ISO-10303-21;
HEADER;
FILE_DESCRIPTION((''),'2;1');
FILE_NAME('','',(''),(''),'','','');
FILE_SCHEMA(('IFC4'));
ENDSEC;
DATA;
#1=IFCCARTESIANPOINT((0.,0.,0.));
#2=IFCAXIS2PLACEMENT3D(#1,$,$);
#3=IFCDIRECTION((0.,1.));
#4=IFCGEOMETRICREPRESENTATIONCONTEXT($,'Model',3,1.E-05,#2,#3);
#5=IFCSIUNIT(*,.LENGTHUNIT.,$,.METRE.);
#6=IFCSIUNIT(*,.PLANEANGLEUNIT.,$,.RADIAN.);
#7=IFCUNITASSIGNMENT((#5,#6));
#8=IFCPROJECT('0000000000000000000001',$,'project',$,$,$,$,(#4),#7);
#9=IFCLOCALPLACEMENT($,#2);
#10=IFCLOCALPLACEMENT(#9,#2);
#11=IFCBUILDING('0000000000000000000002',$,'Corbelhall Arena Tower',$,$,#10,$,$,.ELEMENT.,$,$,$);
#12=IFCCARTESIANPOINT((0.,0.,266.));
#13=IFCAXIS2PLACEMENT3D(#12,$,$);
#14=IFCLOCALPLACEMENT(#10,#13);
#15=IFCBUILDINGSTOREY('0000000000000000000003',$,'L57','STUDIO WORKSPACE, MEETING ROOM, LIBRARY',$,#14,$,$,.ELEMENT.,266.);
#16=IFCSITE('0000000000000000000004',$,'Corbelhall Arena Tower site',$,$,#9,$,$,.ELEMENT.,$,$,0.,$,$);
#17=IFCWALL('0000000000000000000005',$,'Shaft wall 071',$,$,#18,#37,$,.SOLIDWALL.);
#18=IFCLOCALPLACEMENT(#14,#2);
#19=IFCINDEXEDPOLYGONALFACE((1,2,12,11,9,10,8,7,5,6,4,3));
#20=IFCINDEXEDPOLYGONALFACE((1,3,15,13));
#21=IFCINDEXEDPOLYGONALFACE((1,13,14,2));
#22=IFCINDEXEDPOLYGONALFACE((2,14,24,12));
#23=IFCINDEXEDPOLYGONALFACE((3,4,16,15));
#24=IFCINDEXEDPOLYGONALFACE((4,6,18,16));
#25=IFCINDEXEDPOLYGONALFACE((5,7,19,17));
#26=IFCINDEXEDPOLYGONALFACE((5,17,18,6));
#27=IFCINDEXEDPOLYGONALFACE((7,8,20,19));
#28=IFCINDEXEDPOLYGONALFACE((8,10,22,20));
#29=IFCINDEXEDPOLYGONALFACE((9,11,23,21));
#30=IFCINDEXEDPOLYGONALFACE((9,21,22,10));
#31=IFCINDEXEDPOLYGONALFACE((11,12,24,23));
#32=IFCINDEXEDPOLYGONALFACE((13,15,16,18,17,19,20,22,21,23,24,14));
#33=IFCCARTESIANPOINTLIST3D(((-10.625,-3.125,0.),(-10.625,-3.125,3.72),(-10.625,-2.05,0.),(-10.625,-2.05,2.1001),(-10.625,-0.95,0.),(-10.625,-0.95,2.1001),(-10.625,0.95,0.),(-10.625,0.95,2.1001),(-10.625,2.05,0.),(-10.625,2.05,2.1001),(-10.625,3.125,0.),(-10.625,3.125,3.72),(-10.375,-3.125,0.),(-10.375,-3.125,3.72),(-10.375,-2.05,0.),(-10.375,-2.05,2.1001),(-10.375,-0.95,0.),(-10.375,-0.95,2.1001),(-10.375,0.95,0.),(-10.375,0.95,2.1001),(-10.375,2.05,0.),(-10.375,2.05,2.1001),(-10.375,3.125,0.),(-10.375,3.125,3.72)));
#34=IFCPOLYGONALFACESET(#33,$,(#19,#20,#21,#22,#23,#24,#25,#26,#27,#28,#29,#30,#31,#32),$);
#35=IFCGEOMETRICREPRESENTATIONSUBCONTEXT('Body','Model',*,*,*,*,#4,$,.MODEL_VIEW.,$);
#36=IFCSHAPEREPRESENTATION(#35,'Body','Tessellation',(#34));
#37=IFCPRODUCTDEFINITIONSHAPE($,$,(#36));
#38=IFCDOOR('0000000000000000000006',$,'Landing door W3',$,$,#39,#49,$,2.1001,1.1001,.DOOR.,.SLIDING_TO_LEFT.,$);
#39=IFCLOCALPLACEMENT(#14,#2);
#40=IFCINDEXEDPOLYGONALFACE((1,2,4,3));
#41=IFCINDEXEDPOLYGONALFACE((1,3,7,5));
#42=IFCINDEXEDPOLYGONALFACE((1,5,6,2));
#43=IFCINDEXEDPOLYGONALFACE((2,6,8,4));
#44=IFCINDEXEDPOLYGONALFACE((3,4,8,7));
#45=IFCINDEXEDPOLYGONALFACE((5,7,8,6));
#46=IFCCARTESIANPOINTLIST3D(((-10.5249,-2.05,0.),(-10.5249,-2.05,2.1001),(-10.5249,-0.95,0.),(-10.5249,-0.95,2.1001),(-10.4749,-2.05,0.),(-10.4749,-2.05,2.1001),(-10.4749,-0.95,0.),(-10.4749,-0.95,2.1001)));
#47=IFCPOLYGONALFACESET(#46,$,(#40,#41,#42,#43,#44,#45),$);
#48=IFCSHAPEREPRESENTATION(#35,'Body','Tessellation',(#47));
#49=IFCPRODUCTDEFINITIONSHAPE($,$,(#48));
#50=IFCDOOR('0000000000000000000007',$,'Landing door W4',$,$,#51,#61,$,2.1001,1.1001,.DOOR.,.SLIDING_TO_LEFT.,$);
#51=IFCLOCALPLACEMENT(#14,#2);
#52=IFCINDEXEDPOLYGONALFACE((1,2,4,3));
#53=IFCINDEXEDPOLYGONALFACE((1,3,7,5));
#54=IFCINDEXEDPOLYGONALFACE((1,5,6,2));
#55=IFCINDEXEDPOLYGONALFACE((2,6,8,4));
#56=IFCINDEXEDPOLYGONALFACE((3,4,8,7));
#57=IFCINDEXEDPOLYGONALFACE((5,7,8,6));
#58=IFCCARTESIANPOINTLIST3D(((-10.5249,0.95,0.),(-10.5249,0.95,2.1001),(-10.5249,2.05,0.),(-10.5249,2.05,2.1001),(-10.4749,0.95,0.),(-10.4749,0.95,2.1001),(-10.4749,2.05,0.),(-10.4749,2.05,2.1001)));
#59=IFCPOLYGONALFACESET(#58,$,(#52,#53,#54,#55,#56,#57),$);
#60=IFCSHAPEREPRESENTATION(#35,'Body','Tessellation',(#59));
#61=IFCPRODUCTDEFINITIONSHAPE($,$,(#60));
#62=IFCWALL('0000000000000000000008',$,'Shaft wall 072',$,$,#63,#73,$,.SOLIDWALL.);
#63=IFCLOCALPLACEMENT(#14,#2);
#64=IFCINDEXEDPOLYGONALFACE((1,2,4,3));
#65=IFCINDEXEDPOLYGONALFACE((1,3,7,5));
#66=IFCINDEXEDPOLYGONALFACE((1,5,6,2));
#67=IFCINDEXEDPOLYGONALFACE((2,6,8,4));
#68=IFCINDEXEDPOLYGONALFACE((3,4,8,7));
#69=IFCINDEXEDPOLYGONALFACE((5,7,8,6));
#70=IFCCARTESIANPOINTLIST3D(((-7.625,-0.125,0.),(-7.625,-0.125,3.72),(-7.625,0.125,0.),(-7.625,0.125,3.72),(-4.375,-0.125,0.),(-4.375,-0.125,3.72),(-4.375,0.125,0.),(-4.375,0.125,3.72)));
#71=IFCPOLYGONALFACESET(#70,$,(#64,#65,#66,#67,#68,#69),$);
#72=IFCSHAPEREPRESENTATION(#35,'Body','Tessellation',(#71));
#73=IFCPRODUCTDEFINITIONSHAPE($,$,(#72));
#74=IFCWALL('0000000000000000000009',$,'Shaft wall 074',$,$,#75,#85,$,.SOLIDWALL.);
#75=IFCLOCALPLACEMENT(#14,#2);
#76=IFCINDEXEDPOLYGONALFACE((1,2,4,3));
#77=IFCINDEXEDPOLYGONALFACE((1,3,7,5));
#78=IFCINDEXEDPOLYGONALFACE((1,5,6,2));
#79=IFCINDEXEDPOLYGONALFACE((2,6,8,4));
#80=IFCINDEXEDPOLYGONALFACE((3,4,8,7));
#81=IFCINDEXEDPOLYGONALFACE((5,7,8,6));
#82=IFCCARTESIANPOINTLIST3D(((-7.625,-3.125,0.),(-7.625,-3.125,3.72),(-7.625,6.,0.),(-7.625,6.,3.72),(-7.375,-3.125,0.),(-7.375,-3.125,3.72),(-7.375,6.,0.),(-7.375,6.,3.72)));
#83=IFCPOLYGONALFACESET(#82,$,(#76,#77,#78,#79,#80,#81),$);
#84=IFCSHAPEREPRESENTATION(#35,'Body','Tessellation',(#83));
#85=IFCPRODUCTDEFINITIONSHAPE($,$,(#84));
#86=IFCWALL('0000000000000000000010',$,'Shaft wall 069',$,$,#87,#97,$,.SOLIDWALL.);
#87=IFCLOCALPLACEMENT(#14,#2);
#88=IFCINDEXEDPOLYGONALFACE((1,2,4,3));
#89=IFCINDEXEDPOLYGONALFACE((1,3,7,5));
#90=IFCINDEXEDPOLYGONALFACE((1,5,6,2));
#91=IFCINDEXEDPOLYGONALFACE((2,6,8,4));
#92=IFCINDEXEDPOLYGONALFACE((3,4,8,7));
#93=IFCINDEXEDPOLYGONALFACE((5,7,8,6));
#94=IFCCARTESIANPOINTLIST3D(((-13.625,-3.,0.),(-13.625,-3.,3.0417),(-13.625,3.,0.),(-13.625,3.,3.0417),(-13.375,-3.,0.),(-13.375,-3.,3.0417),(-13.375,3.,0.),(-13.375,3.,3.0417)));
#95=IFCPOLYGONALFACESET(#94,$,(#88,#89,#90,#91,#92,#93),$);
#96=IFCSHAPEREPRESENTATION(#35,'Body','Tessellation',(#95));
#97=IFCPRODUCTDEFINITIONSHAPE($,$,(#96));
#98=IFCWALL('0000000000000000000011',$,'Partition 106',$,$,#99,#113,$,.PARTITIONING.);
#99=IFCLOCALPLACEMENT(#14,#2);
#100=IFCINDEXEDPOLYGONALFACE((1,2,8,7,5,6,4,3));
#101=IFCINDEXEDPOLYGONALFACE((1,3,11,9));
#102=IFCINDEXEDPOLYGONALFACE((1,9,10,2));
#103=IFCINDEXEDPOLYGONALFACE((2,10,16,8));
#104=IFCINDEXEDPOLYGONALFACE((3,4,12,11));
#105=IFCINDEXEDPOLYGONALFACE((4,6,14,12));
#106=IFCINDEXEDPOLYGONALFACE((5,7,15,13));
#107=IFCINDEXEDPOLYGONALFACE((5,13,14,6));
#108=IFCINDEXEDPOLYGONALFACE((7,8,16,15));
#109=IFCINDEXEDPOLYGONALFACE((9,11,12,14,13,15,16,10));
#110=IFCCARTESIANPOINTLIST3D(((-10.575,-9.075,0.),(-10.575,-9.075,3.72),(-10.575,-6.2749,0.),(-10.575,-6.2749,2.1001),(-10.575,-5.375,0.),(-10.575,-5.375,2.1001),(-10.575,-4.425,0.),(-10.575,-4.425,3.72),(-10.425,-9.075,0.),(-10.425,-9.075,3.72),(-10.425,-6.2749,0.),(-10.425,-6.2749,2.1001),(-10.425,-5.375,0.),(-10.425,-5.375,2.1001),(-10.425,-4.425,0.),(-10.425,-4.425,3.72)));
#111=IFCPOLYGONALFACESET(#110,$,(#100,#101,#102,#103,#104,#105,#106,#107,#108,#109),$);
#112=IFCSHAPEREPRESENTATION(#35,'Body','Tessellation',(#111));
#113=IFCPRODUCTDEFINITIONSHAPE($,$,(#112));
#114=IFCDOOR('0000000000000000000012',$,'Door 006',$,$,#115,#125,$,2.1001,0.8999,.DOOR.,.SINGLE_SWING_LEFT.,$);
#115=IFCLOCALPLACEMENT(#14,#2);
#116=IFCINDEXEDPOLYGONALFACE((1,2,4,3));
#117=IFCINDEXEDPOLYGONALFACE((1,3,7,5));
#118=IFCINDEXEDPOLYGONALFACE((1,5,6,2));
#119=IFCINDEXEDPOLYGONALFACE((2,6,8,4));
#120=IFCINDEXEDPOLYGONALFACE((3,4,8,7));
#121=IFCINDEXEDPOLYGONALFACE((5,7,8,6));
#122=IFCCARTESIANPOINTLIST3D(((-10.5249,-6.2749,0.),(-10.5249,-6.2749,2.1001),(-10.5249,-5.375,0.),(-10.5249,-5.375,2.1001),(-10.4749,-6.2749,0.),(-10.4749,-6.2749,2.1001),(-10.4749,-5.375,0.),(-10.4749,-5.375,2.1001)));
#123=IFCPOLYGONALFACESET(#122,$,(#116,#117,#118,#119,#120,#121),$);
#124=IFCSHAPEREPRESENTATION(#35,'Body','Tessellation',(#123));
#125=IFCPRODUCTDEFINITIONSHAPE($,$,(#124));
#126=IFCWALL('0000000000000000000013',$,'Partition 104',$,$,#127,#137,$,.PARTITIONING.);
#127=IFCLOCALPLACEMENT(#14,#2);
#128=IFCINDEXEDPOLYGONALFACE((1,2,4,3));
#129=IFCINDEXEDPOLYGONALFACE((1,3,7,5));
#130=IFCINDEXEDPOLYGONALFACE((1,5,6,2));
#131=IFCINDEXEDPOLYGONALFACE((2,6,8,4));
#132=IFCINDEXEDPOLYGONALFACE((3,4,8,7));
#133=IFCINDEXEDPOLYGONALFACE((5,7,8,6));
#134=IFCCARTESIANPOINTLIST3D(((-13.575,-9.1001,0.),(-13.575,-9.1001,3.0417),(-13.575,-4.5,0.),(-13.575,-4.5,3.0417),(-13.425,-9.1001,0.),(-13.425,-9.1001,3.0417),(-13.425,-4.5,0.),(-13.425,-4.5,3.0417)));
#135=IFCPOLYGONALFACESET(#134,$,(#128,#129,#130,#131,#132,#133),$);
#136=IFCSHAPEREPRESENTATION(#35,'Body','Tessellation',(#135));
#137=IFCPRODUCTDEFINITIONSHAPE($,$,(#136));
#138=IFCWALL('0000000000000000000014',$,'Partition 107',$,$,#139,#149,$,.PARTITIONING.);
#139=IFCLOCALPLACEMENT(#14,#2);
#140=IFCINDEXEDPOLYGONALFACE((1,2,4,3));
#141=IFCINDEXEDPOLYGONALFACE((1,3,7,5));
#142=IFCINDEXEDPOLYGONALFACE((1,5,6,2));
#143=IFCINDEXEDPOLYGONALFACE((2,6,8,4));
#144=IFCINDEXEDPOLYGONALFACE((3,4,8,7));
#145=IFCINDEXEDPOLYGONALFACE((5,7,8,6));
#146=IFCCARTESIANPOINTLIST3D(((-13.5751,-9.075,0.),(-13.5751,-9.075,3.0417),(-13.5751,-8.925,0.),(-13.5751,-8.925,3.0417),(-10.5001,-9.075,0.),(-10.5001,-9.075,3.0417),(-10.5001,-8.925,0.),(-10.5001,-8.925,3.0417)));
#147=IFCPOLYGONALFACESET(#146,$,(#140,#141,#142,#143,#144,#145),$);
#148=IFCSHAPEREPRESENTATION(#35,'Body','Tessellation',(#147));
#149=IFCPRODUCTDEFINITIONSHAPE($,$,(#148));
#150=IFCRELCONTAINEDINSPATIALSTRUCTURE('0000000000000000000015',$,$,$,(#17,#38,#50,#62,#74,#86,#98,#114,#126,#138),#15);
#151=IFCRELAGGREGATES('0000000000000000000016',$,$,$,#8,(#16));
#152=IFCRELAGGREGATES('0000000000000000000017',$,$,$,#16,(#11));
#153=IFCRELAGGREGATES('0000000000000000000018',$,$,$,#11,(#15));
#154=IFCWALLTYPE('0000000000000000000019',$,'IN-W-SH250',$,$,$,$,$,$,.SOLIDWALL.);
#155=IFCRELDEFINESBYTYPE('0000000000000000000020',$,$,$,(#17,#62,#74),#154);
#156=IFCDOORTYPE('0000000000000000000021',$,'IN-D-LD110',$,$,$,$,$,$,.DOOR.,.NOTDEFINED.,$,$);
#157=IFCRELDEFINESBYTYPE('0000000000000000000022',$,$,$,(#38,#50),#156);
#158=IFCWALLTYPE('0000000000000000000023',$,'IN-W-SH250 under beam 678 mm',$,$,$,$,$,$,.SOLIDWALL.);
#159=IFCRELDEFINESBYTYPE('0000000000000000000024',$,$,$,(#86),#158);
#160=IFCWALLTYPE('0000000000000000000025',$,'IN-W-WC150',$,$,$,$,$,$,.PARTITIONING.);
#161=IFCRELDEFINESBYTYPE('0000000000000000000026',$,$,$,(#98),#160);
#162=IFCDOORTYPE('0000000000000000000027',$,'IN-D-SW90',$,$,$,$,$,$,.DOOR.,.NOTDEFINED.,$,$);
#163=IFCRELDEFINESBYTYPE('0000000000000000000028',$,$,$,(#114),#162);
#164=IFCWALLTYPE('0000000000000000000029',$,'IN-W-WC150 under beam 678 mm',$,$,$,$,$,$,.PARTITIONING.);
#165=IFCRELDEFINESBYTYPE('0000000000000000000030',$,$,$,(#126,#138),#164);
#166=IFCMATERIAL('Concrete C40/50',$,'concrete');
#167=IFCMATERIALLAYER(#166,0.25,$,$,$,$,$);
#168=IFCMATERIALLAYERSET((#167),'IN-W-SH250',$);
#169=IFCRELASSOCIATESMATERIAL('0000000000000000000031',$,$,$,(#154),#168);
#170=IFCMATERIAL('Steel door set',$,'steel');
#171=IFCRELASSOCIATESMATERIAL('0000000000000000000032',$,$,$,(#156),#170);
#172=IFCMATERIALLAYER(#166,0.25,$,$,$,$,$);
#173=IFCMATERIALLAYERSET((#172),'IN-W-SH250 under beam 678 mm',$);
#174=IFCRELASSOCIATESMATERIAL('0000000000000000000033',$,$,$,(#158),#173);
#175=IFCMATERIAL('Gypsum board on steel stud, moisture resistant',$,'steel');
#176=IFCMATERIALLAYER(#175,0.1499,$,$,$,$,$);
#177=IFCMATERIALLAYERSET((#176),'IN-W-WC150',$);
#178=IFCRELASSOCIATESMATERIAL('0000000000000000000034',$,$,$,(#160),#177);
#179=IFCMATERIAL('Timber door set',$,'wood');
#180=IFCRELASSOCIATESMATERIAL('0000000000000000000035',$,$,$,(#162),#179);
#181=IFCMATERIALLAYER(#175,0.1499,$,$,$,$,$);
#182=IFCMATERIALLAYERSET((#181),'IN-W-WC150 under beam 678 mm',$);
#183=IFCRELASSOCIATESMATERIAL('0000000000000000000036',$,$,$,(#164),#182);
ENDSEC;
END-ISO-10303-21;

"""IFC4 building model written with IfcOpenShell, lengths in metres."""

from ifc_helpers import new_model, si_unit, direction, frame, frame_2d, origin, place, context, subcontext, project, spatial, rectangle, extrude, material, layer, layer_set, type_object, element, fill, save


model = new_model("IFC4")

# Units and contexts
model_context = context("Model", 3, precision=1e-05, world=origin(), true_north=direction((0.0, 1.0)))
body_context = subcontext(model_context, "Body", "Model", "MODEL_VIEW")
ifc_project = project(units=[si_unit("LENGTHUNIT", "METRE"), si_unit("PLANEANGLEUNIT", "RADIAN")], contexts=[model_context])

# Site, building, storey
site_placement = place(None, origin())
site = spatial("IfcSite", under=ifc_project, at=site_placement, Name="Corbelhall Arena Tower site", CompositionType="ELEMENT", RefElevation=0.0)
building_placement = place(site_placement, origin())
building = spatial("IfcBuilding", under=site, at=building_placement, Name="Corbelhall Arena Tower", CompositionType="ELEMENT")
storey_placement = place(building_placement, frame((0.0, 0.0, 266.0)))
storey = spatial("IfcBuildingStorey", under=building, at=storey_placement, Name="L57", Description="STUDIO WORKSPACE, MEETING ROOM, LIBRARY", CompositionType="ELEMENT", Elevation=266.0)

# Shared definitions
ifc_material_1 = material(Name="Steel door set", Category="steel")

# Wall, openings, doors
ifc_material_2 = material(Name="Concrete C40/50", Category="concrete")
ifc_layer_1 = layer(ifc_material_2, 0.25)
ifc_layer_set_1 = layer_set([ifc_layer_1], Name="IN-W-SH250")
wall_type_1 = type_object("IfcWallType", Name="IN-W-SH250", PredefinedType="SOLIDWALL", material=ifc_layer_set_1)
wall_1_placement = place(storey_placement, frame((-10.5, -3.125, 0.0), z_axis=(0.0, 0.0, 1.0), x_axis=(0.0, 1.0, 0.0)))
wall_1 = element("IfcWall", 1, at=wall_1_placement, inside=storey, type_object=wall_type_1, Name="Shaft wall 071", PredefinedType="SOLIDWALL", context=body_context, shape_type="SweptSolid", body=[
    extrude(rectangle(XDim=6.25, YDim=0.25, at=frame_2d((3.125, 0.0))), origin(), (0.0, 0.0, 1.0), 3.72),
])
opening_1_placement = place(wall_1_placement, frame((1.075, 0.0, 0.0)))
opening_1 = element("IfcOpeningElement", 2, at=opening_1_placement, cuts=wall_1, PredefinedType="OPENING", context=body_context, shape_type="SweptSolid", body=[
    extrude(rectangle(XDim=1.1001, YDim=2.1001, at=frame_2d((0.55, 1.05))), frame((0.0, 0.125, 0.0), z_axis=(0.0, -1.0, 0.0), x_axis=(1.0, 0.0, 0.0)), (0.0, 0.0, 1.0), 0.25),
])
opening_2_placement = place(wall_1_placement, frame((4.075, 0.0, 0.0)))
opening_2 = element("IfcOpeningElement", 3, at=opening_2_placement, cuts=wall_1, PredefinedType="OPENING", context=body_context, shape_type="SweptSolid", body=[
    extrude(rectangle(XDim=1.1001, YDim=2.1001, at=frame_2d((0.55, 1.05))), frame((0.0, 0.125, 0.0), z_axis=(0.0, -1.0, 0.0), x_axis=(1.0, 0.0, 0.0)), (0.0, 0.0, 1.0), 0.25),
])
door_type_1 = type_object("IfcDoorType", Name="IN-D-LD110", OperationType="NOTDEFINED", PredefinedType="DOOR", material=ifc_material_1)
door_1_placement = place(opening_1_placement, origin())
door_1 = element("IfcDoor", 4, at=door_1_placement, inside=storey, type_object=door_type_1, Name="Landing door W3", OperationType="SLIDING_TO_LEFT", OverallHeight=2.1001, OverallWidth=1.1001, PredefinedType="DOOR", context=body_context, shape_type="SweptSolid", body=[
    extrude(rectangle(XDim=1.1001, YDim=2.1001, at=frame_2d((0.55, 1.05))), frame((0.0, 0.0249, 0.0), z_axis=(0.0, -1.0, 0.0), x_axis=(1.0, 0.0, 0.0)), (0.0, 0.0, 1.0), 0.05),
])
fill(opening_1, door_1)
door_2_placement = place(opening_2_placement, origin())
door_2 = element("IfcDoor", 5, at=door_2_placement, inside=storey, type_object=door_type_1, Name="Landing door W4", OperationType="SLIDING_TO_LEFT", OverallHeight=2.1001, OverallWidth=1.1001, PredefinedType="DOOR", context=body_context, shape_type="SweptSolid", body=[
    extrude(rectangle(XDim=1.1001, YDim=2.1001, at=frame_2d((0.55, 1.05))), frame((0.0, 0.0249, 0.0), z_axis=(0.0, -1.0, 0.0), x_axis=(1.0, 0.0, 0.0)), (0.0, 0.0, 1.0), 0.05),
])
fill(opening_2, door_2)

# Walls
wall_2_placement = place(storey_placement, frame((-7.625, 0.0, 0.0), z_axis=(0.0, 0.0, 1.0), x_axis=(1.0, 0.0, 0.0)))
element("IfcWall", 6, at=wall_2_placement, inside=storey, type_object=wall_type_1, Name="Shaft wall 072", PredefinedType="SOLIDWALL", context=body_context, shape_type="SweptSolid", body=[
    extrude(rectangle(XDim=3.25, YDim=0.25, at=frame_2d((1.625, 0.0))), origin(), (0.0, 0.0, 1.0), 3.72),
])
wall_3_placement = place(storey_placement, frame((-7.5, -3.125, 0.0), z_axis=(0.0, 0.0, 1.0), x_axis=(0.0, 1.0, 0.0)))
element("IfcWall", 7, at=wall_3_placement, inside=storey, type_object=wall_type_1, Name="Shaft wall 074", PredefinedType="SOLIDWALL", context=body_context, shape_type="SweptSolid", body=[
    extrude(rectangle(XDim=9.125, YDim=0.25, at=frame_2d((4.5625, 0.0))), origin(), (0.0, 0.0, 1.0), 3.72),
])
ifc_layer_2 = layer(ifc_material_2, 0.25)
ifc_layer_set_2 = layer_set([ifc_layer_2], Name="IN-W-SH250 under beam 678 mm")
wall_type_2 = type_object("IfcWallType", Name="IN-W-SH250 under beam 678 mm", PredefinedType="SOLIDWALL", material=ifc_layer_set_2)
wall_4_placement = place(storey_placement, frame((-13.5, -3.0, 0.0), z_axis=(0.0, 0.0, 1.0), x_axis=(0.0, 1.0, 0.0)))
element("IfcWall", 8, at=wall_4_placement, inside=storey, type_object=wall_type_2, Name="Shaft wall 069", PredefinedType="SOLIDWALL", context=body_context, shape_type="SweptSolid", body=[
    extrude(rectangle(XDim=6.0, YDim=0.25, at=frame_2d((3.0, 0.0))), origin(), (0.0, 0.0, 1.0), 3.0417),
])

# Wall, opening, door
ifc_material_3 = material(Name="Gypsum board on steel stud, moisture resistant", Category="steel")
ifc_layer_3 = layer(ifc_material_3, 0.1499)
ifc_layer_set_3 = layer_set([ifc_layer_3], Name="IN-W-WC150")
wall_type_3 = type_object("IfcWallType", Name="IN-W-WC150", PredefinedType="PARTITIONING", material=ifc_layer_set_3)
wall_5_placement = place(storey_placement, frame((-10.5, -9.075, 0.0), z_axis=(0.0, 0.0, 1.0), x_axis=(0.0, 1.0, 0.0)))
wall_5 = element("IfcWall", 9, at=wall_5_placement, inside=storey, type_object=wall_type_3, Name="Partition 106", PredefinedType="PARTITIONING", context=body_context, shape_type="SweptSolid", body=[
    extrude(rectangle(XDim=4.6499, YDim=0.1499, at=frame_2d((2.325, 0.0))), origin(), (0.0, 0.0, 1.0), 3.72),
])
opening_3_placement = place(wall_5_placement, frame((2.8, 0.0, 0.0)))
opening_3 = element("IfcOpeningElement", 10, at=opening_3_placement, cuts=wall_5, PredefinedType="OPENING", context=body_context, shape_type="SweptSolid", body=[
    extrude(rectangle(XDim=0.8999, YDim=2.1001, at=frame_2d((0.45, 1.05))), frame((0.0, 0.075, 0.0), z_axis=(0.0, -1.0, 0.0), x_axis=(1.0, 0.0, 0.0)), (0.0, 0.0, 1.0), 0.1499),
])
ifc_material_4 = material(Name="Timber door set", Category="wood")
door_type_2 = type_object("IfcDoorType", Name="IN-D-SW90", OperationType="NOTDEFINED", PredefinedType="DOOR", material=ifc_material_4)
door_3_placement = place(opening_3_placement, origin())
door_3 = element("IfcDoor", 11, at=door_3_placement, inside=storey, type_object=door_type_2, Name="Door 006", OperationType="SINGLE_SWING_LEFT", OverallHeight=2.1001, OverallWidth=0.8999, PredefinedType="DOOR", context=body_context, shape_type="SweptSolid", body=[
    extrude(rectangle(XDim=0.8999, YDim=2.1001, at=frame_2d((0.45, 1.05))), frame((0.0, 0.0249, 0.0), z_axis=(0.0, -1.0, 0.0), x_axis=(1.0, 0.0, 0.0)), (0.0, 0.0, 1.0), 0.05),
])
fill(opening_3, door_3)

# Walls
ifc_layer_4 = layer(ifc_material_3, 0.1499)
ifc_layer_set_4 = layer_set([ifc_layer_4], Name="IN-W-WC150 under beam 678 mm")
wall_type_4 = type_object("IfcWallType", Name="IN-W-WC150 under beam 678 mm", PredefinedType="PARTITIONING", material=ifc_layer_set_4)
wall_6_placement = place(storey_placement, frame((-13.5, -9.1001, 0.0), z_axis=(0.0, 0.0, 1.0), x_axis=(0.0, 1.0, 0.0)))
element("IfcWall", 12, at=wall_6_placement, inside=storey, type_object=wall_type_4, Name="Partition 104", PredefinedType="PARTITIONING", context=body_context, shape_type="SweptSolid", body=[
    extrude(rectangle(XDim=4.6001, YDim=0.1499, at=frame_2d((2.3, 0.0))), origin(), (0.0, 0.0, 1.0), 3.0417),
])
wall_7_placement = place(storey_placement, frame((-10.5, -9.0, 0.0), z_axis=(0.0, 0.0, 1.0), x_axis=(-1.0, 0.0, 0.0)))
element("IfcWall", 13, at=wall_7_placement, inside=storey, type_object=wall_type_4, Name="Partition 107", PredefinedType="PARTITIONING", context=body_context, shape_type="SweptSolid", body=[
    extrude(rectangle(XDim=3.075, YDim=0.1499, at=frame_2d((1.5376, 0.0))), origin(), (0.0, 0.0, 1.0), 3.0417),
])

save(model, "model.ifc")
